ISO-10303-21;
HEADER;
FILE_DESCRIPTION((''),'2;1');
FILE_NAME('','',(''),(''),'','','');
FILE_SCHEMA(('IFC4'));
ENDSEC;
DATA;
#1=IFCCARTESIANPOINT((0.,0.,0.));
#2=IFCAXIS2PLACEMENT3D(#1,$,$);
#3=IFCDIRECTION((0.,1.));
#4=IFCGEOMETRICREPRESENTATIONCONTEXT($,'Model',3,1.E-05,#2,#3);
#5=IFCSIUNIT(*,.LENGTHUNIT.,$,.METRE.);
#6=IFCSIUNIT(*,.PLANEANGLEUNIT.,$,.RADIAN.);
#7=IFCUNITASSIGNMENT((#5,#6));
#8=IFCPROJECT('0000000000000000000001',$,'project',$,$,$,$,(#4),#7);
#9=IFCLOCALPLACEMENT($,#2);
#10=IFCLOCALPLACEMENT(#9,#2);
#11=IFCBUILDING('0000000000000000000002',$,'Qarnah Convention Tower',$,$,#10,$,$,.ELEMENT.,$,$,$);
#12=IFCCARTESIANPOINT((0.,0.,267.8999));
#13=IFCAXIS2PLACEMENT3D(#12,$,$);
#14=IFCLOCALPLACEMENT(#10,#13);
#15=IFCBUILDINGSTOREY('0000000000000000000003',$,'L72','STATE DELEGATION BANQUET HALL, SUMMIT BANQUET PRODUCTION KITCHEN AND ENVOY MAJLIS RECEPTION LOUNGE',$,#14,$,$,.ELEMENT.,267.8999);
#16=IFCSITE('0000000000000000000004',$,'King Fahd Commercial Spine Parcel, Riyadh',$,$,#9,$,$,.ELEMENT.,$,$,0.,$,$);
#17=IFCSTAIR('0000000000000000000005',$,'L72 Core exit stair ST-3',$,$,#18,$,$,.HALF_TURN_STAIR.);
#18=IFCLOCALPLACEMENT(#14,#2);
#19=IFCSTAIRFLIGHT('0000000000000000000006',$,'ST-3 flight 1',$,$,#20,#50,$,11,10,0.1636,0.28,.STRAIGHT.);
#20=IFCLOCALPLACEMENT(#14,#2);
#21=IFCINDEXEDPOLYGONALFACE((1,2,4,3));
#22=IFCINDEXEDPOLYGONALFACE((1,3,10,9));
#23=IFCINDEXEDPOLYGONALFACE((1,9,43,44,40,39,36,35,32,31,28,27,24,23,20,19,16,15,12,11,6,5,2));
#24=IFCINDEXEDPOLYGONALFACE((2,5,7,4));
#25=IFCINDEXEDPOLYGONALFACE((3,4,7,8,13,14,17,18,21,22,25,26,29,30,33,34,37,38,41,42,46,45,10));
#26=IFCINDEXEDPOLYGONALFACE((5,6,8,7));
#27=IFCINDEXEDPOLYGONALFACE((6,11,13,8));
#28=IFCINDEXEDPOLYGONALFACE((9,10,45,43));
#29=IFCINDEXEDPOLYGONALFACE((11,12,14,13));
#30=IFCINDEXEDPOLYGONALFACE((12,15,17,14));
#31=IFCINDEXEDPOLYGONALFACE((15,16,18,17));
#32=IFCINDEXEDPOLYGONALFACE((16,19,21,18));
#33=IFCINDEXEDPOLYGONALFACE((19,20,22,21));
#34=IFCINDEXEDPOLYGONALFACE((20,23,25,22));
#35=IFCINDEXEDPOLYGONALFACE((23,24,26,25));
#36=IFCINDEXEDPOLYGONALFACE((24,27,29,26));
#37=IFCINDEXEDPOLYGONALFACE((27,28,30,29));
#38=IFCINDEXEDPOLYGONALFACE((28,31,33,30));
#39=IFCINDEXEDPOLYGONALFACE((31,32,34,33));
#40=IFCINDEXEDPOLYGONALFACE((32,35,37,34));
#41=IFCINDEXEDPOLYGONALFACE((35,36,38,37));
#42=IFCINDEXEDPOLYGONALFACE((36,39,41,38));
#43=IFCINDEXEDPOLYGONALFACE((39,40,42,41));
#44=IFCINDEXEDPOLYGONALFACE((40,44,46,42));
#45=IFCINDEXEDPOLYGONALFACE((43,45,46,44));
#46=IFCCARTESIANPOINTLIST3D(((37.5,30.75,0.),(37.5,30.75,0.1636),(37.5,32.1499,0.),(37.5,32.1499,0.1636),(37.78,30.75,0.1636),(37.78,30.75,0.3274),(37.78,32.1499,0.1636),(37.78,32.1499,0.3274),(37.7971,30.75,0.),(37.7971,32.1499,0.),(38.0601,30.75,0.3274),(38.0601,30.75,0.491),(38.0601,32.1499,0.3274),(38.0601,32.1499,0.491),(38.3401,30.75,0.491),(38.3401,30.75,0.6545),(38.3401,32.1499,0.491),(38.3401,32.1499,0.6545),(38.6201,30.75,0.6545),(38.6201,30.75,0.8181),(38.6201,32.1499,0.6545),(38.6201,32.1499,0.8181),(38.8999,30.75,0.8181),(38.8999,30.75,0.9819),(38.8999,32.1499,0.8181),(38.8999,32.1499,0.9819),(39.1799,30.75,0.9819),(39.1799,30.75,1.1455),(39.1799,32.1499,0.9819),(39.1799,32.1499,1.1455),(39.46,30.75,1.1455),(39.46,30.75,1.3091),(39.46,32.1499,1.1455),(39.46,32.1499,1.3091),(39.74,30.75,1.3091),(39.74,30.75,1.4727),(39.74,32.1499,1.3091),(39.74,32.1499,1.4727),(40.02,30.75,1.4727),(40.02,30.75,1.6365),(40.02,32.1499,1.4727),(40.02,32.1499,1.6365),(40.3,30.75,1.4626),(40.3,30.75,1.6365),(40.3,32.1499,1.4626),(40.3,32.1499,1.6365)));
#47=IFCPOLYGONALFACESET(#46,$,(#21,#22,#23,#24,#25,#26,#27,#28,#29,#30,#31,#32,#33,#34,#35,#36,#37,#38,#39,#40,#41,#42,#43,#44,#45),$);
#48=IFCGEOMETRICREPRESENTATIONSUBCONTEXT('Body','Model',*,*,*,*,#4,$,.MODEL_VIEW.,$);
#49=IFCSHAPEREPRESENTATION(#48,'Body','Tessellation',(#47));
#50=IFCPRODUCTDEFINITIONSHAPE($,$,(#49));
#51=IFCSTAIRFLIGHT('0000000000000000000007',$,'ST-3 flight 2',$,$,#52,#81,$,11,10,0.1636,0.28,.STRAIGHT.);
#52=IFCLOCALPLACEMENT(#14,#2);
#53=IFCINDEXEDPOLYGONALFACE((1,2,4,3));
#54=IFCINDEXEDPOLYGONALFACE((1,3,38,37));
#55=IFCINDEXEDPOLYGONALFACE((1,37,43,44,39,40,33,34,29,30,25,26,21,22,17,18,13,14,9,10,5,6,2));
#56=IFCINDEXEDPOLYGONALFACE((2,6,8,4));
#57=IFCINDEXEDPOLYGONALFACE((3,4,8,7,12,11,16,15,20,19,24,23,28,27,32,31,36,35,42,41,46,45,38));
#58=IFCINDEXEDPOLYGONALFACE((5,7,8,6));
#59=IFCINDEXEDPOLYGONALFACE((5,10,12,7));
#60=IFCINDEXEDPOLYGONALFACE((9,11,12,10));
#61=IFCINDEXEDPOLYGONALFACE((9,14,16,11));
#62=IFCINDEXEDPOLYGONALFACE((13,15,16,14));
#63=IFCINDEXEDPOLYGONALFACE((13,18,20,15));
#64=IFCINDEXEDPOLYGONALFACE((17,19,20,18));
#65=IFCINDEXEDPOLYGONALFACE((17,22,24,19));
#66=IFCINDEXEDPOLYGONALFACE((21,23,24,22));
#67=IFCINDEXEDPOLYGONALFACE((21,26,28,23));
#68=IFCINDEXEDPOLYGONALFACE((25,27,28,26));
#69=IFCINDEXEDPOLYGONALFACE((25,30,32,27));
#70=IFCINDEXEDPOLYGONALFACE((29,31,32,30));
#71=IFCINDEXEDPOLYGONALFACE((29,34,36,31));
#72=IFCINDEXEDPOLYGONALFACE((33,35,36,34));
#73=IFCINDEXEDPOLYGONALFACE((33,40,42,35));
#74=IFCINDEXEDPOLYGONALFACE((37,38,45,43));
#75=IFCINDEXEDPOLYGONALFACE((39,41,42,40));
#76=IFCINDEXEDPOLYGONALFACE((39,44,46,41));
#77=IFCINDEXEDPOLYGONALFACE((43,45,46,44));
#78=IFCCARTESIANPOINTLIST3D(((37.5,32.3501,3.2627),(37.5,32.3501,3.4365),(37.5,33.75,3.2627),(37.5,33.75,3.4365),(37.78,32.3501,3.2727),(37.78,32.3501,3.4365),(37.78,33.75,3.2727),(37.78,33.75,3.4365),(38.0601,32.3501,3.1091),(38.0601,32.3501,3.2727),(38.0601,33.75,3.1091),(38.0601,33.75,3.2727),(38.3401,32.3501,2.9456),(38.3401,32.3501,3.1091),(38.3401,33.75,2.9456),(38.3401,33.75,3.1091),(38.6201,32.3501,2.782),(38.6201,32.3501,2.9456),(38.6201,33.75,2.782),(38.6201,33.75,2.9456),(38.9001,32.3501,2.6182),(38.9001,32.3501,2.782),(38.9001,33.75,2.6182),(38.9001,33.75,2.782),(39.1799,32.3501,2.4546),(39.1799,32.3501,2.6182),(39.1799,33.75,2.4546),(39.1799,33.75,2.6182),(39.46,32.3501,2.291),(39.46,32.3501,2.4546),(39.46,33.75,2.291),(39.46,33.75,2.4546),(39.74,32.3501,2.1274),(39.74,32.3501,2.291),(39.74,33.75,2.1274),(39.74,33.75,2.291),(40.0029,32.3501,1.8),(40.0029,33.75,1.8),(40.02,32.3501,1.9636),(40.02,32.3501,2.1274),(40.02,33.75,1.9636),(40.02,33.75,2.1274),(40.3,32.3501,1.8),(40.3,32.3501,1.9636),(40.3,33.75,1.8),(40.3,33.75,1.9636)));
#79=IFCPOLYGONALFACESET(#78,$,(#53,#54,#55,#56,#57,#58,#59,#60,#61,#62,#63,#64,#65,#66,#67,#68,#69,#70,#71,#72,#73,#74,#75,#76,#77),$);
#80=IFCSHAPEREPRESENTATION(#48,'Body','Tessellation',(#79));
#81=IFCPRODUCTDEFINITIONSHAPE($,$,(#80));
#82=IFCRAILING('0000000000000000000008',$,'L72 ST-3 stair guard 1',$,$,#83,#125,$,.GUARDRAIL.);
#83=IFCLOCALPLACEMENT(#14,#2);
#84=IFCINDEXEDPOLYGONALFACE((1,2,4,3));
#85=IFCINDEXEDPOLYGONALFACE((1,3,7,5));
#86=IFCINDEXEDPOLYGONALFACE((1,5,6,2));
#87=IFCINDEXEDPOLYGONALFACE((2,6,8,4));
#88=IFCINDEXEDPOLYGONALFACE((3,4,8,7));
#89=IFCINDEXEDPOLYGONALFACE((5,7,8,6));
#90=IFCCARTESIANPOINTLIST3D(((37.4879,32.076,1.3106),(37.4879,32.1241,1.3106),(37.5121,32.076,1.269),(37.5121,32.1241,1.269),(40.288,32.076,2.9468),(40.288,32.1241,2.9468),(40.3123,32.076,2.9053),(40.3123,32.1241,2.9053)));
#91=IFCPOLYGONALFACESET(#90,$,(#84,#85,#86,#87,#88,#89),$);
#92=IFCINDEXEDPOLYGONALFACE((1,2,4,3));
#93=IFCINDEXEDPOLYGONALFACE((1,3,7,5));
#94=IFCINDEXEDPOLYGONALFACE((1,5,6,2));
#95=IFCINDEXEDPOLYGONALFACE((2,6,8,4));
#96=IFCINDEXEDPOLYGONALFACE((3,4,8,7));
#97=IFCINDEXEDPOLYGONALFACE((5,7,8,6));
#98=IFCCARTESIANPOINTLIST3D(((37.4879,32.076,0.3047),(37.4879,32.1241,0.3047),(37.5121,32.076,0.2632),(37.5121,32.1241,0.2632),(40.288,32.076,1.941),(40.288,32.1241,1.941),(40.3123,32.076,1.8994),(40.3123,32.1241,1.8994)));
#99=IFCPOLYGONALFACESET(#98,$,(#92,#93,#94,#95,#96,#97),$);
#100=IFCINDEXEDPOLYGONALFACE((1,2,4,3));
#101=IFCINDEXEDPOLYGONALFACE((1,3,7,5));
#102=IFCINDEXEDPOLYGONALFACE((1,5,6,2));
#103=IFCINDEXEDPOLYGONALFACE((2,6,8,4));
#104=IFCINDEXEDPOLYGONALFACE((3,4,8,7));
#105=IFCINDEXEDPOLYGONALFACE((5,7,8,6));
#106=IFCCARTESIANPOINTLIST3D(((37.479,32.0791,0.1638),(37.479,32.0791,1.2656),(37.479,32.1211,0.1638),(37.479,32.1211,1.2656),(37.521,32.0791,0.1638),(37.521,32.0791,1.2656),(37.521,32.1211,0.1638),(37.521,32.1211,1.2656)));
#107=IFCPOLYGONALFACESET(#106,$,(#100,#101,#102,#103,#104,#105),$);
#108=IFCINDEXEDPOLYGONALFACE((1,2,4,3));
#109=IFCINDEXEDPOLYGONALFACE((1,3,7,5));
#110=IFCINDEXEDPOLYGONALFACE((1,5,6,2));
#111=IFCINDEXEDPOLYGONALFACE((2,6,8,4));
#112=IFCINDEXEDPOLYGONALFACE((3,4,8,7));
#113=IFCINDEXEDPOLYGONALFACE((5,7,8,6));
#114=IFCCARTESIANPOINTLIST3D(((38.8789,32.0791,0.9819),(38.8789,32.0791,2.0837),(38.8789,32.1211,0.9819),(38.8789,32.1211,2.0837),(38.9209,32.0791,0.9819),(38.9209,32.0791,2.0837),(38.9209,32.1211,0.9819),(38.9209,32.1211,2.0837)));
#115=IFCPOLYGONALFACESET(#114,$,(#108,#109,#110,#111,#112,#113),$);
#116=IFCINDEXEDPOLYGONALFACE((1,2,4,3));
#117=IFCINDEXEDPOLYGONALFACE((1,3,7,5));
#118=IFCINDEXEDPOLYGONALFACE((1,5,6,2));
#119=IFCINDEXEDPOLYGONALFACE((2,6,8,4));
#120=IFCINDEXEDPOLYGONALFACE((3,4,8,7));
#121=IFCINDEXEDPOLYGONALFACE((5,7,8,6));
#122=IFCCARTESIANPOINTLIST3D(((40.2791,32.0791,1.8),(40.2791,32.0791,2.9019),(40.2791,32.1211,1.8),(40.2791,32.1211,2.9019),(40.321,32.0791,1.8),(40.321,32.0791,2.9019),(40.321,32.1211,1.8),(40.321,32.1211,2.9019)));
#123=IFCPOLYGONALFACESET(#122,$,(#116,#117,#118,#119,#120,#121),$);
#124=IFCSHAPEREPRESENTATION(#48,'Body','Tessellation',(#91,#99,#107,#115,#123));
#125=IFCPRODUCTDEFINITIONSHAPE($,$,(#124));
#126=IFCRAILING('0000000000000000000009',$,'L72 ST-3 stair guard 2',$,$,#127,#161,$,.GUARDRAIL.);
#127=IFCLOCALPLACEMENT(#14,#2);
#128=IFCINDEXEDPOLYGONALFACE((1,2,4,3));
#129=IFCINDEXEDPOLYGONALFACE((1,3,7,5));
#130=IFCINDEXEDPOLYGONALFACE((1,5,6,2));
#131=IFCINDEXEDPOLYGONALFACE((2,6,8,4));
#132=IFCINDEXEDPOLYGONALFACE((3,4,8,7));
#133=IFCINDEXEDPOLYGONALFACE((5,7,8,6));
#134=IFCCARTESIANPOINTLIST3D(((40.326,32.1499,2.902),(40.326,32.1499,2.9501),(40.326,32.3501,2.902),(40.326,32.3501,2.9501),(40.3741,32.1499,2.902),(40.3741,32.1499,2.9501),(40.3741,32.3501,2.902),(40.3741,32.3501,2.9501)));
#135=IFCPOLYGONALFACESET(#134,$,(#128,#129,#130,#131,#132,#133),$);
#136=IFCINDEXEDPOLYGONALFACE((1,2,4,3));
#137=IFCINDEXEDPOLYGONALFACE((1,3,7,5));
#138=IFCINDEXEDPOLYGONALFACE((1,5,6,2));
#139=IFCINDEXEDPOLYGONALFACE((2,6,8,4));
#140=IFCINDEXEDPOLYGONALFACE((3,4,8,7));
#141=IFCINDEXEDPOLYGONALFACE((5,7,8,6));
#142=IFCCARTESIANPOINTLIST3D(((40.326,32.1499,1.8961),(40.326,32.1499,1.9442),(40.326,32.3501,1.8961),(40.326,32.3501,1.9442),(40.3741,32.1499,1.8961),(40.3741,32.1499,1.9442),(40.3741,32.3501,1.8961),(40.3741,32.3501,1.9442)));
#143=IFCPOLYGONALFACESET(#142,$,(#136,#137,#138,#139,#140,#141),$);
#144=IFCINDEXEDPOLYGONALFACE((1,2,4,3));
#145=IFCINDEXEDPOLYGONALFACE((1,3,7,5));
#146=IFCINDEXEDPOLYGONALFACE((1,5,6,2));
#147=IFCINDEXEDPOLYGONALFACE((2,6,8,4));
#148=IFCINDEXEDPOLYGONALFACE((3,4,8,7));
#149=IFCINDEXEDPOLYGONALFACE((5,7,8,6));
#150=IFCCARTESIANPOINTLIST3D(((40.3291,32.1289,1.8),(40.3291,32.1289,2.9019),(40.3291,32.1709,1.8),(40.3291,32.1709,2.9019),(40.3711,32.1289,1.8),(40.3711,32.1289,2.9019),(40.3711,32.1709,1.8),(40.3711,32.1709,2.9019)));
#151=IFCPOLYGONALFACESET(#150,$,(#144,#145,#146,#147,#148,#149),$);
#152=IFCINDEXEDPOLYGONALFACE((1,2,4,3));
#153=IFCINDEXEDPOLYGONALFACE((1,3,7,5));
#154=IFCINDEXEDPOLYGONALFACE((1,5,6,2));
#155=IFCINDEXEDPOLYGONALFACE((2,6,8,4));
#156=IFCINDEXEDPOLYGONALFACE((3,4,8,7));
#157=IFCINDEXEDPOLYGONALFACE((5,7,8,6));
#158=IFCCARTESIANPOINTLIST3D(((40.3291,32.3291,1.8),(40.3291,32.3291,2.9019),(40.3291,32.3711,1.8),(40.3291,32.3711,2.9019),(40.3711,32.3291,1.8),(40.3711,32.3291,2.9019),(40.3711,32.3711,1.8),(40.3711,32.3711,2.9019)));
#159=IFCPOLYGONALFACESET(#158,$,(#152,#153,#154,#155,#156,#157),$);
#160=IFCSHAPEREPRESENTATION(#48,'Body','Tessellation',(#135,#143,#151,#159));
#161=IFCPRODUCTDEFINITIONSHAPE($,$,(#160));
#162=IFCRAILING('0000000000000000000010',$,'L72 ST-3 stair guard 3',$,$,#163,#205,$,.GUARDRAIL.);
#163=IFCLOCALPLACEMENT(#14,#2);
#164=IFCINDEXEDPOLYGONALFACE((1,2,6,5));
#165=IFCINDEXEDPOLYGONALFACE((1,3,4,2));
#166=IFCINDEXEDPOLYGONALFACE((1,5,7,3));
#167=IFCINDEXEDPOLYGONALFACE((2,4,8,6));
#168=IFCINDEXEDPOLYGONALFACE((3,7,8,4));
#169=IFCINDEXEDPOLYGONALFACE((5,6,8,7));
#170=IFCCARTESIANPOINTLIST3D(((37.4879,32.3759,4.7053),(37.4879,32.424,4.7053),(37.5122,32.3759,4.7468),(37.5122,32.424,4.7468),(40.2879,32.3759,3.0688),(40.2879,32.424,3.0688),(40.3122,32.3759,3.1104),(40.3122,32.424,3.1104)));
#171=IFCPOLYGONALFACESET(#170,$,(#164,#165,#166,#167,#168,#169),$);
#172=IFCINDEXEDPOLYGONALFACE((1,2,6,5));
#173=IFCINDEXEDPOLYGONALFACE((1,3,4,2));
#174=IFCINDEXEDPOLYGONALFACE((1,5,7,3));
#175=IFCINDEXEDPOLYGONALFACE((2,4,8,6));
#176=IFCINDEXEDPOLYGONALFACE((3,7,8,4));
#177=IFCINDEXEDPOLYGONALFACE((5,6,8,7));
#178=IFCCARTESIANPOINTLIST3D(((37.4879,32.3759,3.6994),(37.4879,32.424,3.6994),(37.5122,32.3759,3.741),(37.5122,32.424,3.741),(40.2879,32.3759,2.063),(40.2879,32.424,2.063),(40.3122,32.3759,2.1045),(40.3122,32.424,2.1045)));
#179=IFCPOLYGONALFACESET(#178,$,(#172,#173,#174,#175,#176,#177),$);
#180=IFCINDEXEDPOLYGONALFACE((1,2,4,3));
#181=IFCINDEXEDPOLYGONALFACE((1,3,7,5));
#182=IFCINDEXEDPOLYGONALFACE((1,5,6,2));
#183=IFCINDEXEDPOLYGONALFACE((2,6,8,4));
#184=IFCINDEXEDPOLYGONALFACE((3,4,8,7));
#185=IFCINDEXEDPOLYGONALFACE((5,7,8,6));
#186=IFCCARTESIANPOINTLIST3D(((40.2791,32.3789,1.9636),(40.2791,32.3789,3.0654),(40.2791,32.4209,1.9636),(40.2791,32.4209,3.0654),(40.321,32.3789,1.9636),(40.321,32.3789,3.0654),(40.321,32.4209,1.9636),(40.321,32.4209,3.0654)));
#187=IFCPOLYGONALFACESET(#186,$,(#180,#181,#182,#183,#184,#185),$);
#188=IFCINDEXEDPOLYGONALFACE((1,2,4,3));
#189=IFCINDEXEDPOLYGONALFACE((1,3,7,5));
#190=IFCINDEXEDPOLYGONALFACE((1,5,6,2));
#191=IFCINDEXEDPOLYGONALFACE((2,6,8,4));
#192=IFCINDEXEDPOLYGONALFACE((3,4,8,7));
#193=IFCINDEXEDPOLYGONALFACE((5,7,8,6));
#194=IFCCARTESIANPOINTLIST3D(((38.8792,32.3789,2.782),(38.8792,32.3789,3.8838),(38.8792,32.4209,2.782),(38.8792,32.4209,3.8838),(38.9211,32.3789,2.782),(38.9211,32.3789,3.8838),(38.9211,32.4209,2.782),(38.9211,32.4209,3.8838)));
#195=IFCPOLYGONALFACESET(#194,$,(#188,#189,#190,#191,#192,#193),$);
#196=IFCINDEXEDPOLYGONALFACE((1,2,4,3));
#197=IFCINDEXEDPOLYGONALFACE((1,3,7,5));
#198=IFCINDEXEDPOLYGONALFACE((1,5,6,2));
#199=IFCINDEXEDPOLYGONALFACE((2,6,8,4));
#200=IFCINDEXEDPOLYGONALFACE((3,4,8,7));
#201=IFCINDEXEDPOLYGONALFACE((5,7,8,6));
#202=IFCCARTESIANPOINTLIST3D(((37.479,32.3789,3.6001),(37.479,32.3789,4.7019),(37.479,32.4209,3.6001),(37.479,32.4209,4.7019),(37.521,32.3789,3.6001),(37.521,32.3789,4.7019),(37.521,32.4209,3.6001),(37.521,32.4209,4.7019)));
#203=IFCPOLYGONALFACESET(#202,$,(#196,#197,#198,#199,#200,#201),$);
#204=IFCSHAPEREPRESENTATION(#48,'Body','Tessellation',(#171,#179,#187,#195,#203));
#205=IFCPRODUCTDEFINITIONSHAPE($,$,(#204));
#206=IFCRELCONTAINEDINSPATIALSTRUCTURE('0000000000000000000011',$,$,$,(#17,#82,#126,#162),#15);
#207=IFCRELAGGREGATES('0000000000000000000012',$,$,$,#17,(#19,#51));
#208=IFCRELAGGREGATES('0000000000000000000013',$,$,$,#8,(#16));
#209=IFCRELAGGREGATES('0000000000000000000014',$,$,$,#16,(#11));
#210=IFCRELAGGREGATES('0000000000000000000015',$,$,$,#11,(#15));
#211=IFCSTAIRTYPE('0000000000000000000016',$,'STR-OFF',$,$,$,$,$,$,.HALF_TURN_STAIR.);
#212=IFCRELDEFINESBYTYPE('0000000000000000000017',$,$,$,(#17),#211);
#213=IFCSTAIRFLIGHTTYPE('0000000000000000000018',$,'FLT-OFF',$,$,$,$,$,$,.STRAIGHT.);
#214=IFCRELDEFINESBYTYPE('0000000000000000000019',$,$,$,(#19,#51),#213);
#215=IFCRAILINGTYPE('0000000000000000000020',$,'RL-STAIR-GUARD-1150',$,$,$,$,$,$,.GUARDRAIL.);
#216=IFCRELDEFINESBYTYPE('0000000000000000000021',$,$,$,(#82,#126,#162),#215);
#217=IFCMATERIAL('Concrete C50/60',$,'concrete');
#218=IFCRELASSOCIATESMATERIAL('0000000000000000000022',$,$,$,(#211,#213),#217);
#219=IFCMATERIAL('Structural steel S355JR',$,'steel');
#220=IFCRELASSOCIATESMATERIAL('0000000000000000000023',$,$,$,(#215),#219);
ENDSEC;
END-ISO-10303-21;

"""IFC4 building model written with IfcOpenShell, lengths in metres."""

from ifc_helpers import new_model, si_unit, direction, frame, origin, origin_2d, place, context, subcontext, project, spatial, polyline, rectangle, outline, extrude, material, type_object, element, aggregate, save


model = new_model("IFC4")

# Units and contexts
model_context = context("Model", 3, precision=1e-05, world=origin(), true_north=direction((0.0, 1.0)))
body_context = subcontext(model_context, "Body", "Model", "MODEL_VIEW")
ifc_project = project(units=[si_unit("LENGTHUNIT", "METRE"), si_unit("PLANEANGLEUNIT", "RADIAN")], contexts=[model_context])

# Site, building, storey
site_placement = place(None, origin())
site = spatial("IfcSite", under=ifc_project, at=site_placement, Name="King Fahd Commercial Spine Parcel, Riyadh", CompositionType="ELEMENT", RefElevation=0.0)
building_placement = place(site_placement, origin())
building = spatial("IfcBuilding", under=site, at=building_placement, Name="Qarnah Convention Tower", CompositionType="ELEMENT")
storey_placement = place(building_placement, frame((0.0, 0.0, 267.8999)))
storey = spatial("IfcBuildingStorey", under=building, at=storey_placement, Name="L72", Description="STATE DELEGATION BANQUET HALL, SUMMIT BANQUET PRODUCTION KITCHEN AND ENVOY MAJLIS RECEPTION LOUNGE", CompositionType="ELEMENT", Elevation=267.8999)

# Shared definitions
ifc_material_1 = material(Name="Concrete C50/60", Category="concrete")

# Shared definitions
ifc_material_2 = material(Name="Structural steel S355JR", Category="steel")

# Stair, stair flights
stair_type = type_object("IfcStairType", Name="STR-OFF", PredefinedType="HALF_TURN_STAIR", material=ifc_material_1)
stair_placement = place(storey_placement, origin())
stair = element("IfcStair", 1, at=stair_placement, inside=storey, type_object=stair_type, Name="L72 Core exit stair ST-3", PredefinedType="HALF_TURN_STAIR")
stair_flight_type = type_object("IfcStairFlightType", Name="FLT-OFF", PredefinedType="STRAIGHT", material=ifc_material_1)
stair_flight_1_placement = place(storey_placement, frame((37.5, 31.45, 0.0), z_axis=(0.0, 0.0, 1.0), x_axis=(1.0, 0.0, 0.0)))
stair_flight_1 = element("IfcStairFlight", 2, at=stair_flight_1_placement, type_object=stair_flight_type, Name="ST-3 flight 1", NumberOfRisers=11, NumberOfTreads=10, PredefinedType="STRAIGHT", RiserHeight=0.1636, TreadLength=0.28, context=body_context, shape_type="SweptSolid", body=[
    extrude(outline(polyline([(0.0, 0.0), (0.0, 0.1636), (0.28, 0.1636), (0.28, 0.3274), (0.5601, 0.3274), (0.5601, 0.491), (0.8401, 0.491), (0.8401, 0.6545), (1.1201, 0.6545), (1.1201, 0.8181), (1.3999, 0.8181), (1.3999, 0.9819), (1.6799, 0.9819), (1.6799, 1.1455), (1.96, 1.1455), (1.96, 1.3091), (2.24, 1.3091), (2.24, 1.4727), (2.52, 1.4727), (2.52, 1.6365), (2.8, 1.6365), (2.8, 1.8), (2.8, 1.4626), (0.2971, 0.0), (0.0, 0.0)])), frame((0.0, 0.7, 0.0), z_axis=(0.0, -1.0, 0.0), x_axis=(1.0, 0.0, 0.0)), (0.0, 0.0, 1.0), 1.3999),
])
stair_flight_2_placement = place(storey_placement, frame((40.3, 33.05, 1.8), z_axis=(0.0, 0.0, 1.0), x_axis=(-1.0, 0.0, 0.0)))
stair_flight_2 = element("IfcStairFlight", 3, at=stair_flight_2_placement, type_object=stair_flight_type, Name="ST-3 flight 2", NumberOfRisers=11, NumberOfTreads=10, PredefinedType="STRAIGHT", RiserHeight=0.1636, TreadLength=0.28, context=body_context, shape_type="SweptSolid", body=[
    extrude(outline(polyline([(0.0, 0.0), (0.0, 0.1636), (0.28, 0.1636), (0.28, 0.3274), (0.5601, 0.3274), (0.5601, 0.491), (0.8401, 0.491), (0.8401, 0.6545), (1.1201, 0.6545), (1.1201, 0.8181), (1.3999, 0.8181), (1.3999, 0.9819), (1.6799, 0.9819), (1.6799, 1.1455), (1.96, 1.1455), (1.96, 1.3091), (2.24, 1.3091), (2.24, 1.4727), (2.52, 1.4727), (2.52, 1.6365), (2.8, 1.6365), (2.8, 1.8), (2.8, 1.4626), (0.2971, 0.0), (0.0, 0.0)])), frame((0.0, 0.7, 0.0), z_axis=(0.0, -1.0, 0.0), x_axis=(1.0, 0.0, 0.0)), (0.0, 0.0, 1.0), 1.3999),
])
aggregate(stair, [stair_flight_1, stair_flight_2])

# Railings
railing_type_1 = type_object("IfcRailingType", Name="RL-STAIR-GUARD-1150", PredefinedType="GUARDRAIL", material=ifc_material_2)
railing_1_placement = place(storey_placement, frame((37.5, 32.1001, 0.1638)))
element("IfcRailing", 4, at=railing_1_placement, inside=storey, type_object=railing_type_1, Name="L72 ST-3 stair guard 1", PredefinedType="GUARDRAIL", context=body_context, shape_type="SweptSolid", body=[
    extrude(rectangle(XDim=0.0481, YDim=0.0481, at=origin_2d()), frame((0.0, 0.0, 1.126), z_axis=(0.863394, 0.0, 0.504531), x_axis=(0.0, 1.0, 0.0)), (0.0, 0.0, 1.0), 3.2432),
    extrude(rectangle(XDim=0.0481, YDim=0.0481, at=origin_2d()), frame((0.0, 0.0, 0.1201), z_axis=(0.863394, 0.0, 0.504531), x_axis=(0.0, 1.0, 0.0)), (0.0, 0.0, 1.0), 3.2432),
    extrude(rectangle(XDim=0.042, YDim=0.042, at=origin_2d()), origin(), (0.0, 0.0, 1.0), 1.1018),
    extrude(rectangle(XDim=0.042, YDim=0.042, at=origin_2d()), frame((1.3999, 0.0, 0.8181)), (0.0, 0.0, 1.0), 1.1018),
    extrude(rectangle(XDim=0.042, YDim=0.042, at=origin_2d()), frame((2.8, 0.0, 1.6362)), (0.0, 0.0, 1.0), 1.1018),
])
railing_2_placement = place(storey_placement, frame((40.3501, 32.1499, 1.8)))
element("IfcRailing", 5, at=railing_2_placement, inside=storey, type_object=railing_type_1, Name="L72 ST-3 stair guard 2", PredefinedType="GUARDRAIL", context=body_context, shape_type="SweptSolid", body=[
    extrude(rectangle(XDim=0.0481, YDim=0.0481, at=origin_2d()), frame((0.0, 0.0, 1.126), z_axis=(0.0, 1.0, 0.0), x_axis=(-1.0, 0.0, 0.0)), (0.0, 0.0, 1.0), 0.2002),
    extrude(rectangle(XDim=0.0481, YDim=0.0481, at=origin_2d()), frame((0.0, 0.0, 0.1201), z_axis=(0.0, 1.0, 0.0), x_axis=(-1.0, 0.0, 0.0)), (0.0, 0.0, 1.0), 0.2002),
    extrude(rectangle(XDim=0.042, YDim=0.042, at=origin_2d()), origin(), (0.0, 0.0, 1.0), 1.1018),
    extrude(rectangle(XDim=0.042, YDim=0.042, at=origin_2d()), frame((0.0, 0.2002, 0.0)), (0.0, 0.0, 1.0), 1.1018),
])
railing_3_placement = place(storey_placement, frame((40.3, 32.3999, 1.9636)))
element("IfcRailing", 6, at=railing_3_placement, inside=storey, type_object=railing_type_1, Name="L72 ST-3 stair guard 3", PredefinedType="GUARDRAIL", context=body_context, shape_type="SweptSolid", body=[
    extrude(rectangle(XDim=0.0481, YDim=0.0481, at=origin_2d()), frame((0.0, 0.0, 1.126), z_axis=(-0.863361, 0.0, 0.504587), x_axis=(0.0, -1.0, 0.0)), (0.0, 0.0, 1.0), 3.2432),
    extrude(rectangle(XDim=0.0481, YDim=0.0481, at=origin_2d()), frame((0.0, 0.0, 0.1201), z_axis=(-0.863361, 0.0, 0.504587), x_axis=(0.0, -1.0, 0.0)), (0.0, 0.0, 1.0), 3.2432),
    extrude(rectangle(XDim=0.042, YDim=0.042, at=origin_2d()), origin(), (0.0, 0.0, 1.0), 1.1018),
    extrude(rectangle(XDim=0.042, YDim=0.042, at=origin_2d()), frame((-1.3999, 0.0, 0.8184)), (0.0, 0.0, 1.0), 1.1018),
    extrude(rectangle(XDim=0.042, YDim=0.042, at=origin_2d()), frame((-2.8, 0.0, 1.6365)), (0.0, 0.0, 1.0), 1.1018),
])

save(model, "model.ifc")
